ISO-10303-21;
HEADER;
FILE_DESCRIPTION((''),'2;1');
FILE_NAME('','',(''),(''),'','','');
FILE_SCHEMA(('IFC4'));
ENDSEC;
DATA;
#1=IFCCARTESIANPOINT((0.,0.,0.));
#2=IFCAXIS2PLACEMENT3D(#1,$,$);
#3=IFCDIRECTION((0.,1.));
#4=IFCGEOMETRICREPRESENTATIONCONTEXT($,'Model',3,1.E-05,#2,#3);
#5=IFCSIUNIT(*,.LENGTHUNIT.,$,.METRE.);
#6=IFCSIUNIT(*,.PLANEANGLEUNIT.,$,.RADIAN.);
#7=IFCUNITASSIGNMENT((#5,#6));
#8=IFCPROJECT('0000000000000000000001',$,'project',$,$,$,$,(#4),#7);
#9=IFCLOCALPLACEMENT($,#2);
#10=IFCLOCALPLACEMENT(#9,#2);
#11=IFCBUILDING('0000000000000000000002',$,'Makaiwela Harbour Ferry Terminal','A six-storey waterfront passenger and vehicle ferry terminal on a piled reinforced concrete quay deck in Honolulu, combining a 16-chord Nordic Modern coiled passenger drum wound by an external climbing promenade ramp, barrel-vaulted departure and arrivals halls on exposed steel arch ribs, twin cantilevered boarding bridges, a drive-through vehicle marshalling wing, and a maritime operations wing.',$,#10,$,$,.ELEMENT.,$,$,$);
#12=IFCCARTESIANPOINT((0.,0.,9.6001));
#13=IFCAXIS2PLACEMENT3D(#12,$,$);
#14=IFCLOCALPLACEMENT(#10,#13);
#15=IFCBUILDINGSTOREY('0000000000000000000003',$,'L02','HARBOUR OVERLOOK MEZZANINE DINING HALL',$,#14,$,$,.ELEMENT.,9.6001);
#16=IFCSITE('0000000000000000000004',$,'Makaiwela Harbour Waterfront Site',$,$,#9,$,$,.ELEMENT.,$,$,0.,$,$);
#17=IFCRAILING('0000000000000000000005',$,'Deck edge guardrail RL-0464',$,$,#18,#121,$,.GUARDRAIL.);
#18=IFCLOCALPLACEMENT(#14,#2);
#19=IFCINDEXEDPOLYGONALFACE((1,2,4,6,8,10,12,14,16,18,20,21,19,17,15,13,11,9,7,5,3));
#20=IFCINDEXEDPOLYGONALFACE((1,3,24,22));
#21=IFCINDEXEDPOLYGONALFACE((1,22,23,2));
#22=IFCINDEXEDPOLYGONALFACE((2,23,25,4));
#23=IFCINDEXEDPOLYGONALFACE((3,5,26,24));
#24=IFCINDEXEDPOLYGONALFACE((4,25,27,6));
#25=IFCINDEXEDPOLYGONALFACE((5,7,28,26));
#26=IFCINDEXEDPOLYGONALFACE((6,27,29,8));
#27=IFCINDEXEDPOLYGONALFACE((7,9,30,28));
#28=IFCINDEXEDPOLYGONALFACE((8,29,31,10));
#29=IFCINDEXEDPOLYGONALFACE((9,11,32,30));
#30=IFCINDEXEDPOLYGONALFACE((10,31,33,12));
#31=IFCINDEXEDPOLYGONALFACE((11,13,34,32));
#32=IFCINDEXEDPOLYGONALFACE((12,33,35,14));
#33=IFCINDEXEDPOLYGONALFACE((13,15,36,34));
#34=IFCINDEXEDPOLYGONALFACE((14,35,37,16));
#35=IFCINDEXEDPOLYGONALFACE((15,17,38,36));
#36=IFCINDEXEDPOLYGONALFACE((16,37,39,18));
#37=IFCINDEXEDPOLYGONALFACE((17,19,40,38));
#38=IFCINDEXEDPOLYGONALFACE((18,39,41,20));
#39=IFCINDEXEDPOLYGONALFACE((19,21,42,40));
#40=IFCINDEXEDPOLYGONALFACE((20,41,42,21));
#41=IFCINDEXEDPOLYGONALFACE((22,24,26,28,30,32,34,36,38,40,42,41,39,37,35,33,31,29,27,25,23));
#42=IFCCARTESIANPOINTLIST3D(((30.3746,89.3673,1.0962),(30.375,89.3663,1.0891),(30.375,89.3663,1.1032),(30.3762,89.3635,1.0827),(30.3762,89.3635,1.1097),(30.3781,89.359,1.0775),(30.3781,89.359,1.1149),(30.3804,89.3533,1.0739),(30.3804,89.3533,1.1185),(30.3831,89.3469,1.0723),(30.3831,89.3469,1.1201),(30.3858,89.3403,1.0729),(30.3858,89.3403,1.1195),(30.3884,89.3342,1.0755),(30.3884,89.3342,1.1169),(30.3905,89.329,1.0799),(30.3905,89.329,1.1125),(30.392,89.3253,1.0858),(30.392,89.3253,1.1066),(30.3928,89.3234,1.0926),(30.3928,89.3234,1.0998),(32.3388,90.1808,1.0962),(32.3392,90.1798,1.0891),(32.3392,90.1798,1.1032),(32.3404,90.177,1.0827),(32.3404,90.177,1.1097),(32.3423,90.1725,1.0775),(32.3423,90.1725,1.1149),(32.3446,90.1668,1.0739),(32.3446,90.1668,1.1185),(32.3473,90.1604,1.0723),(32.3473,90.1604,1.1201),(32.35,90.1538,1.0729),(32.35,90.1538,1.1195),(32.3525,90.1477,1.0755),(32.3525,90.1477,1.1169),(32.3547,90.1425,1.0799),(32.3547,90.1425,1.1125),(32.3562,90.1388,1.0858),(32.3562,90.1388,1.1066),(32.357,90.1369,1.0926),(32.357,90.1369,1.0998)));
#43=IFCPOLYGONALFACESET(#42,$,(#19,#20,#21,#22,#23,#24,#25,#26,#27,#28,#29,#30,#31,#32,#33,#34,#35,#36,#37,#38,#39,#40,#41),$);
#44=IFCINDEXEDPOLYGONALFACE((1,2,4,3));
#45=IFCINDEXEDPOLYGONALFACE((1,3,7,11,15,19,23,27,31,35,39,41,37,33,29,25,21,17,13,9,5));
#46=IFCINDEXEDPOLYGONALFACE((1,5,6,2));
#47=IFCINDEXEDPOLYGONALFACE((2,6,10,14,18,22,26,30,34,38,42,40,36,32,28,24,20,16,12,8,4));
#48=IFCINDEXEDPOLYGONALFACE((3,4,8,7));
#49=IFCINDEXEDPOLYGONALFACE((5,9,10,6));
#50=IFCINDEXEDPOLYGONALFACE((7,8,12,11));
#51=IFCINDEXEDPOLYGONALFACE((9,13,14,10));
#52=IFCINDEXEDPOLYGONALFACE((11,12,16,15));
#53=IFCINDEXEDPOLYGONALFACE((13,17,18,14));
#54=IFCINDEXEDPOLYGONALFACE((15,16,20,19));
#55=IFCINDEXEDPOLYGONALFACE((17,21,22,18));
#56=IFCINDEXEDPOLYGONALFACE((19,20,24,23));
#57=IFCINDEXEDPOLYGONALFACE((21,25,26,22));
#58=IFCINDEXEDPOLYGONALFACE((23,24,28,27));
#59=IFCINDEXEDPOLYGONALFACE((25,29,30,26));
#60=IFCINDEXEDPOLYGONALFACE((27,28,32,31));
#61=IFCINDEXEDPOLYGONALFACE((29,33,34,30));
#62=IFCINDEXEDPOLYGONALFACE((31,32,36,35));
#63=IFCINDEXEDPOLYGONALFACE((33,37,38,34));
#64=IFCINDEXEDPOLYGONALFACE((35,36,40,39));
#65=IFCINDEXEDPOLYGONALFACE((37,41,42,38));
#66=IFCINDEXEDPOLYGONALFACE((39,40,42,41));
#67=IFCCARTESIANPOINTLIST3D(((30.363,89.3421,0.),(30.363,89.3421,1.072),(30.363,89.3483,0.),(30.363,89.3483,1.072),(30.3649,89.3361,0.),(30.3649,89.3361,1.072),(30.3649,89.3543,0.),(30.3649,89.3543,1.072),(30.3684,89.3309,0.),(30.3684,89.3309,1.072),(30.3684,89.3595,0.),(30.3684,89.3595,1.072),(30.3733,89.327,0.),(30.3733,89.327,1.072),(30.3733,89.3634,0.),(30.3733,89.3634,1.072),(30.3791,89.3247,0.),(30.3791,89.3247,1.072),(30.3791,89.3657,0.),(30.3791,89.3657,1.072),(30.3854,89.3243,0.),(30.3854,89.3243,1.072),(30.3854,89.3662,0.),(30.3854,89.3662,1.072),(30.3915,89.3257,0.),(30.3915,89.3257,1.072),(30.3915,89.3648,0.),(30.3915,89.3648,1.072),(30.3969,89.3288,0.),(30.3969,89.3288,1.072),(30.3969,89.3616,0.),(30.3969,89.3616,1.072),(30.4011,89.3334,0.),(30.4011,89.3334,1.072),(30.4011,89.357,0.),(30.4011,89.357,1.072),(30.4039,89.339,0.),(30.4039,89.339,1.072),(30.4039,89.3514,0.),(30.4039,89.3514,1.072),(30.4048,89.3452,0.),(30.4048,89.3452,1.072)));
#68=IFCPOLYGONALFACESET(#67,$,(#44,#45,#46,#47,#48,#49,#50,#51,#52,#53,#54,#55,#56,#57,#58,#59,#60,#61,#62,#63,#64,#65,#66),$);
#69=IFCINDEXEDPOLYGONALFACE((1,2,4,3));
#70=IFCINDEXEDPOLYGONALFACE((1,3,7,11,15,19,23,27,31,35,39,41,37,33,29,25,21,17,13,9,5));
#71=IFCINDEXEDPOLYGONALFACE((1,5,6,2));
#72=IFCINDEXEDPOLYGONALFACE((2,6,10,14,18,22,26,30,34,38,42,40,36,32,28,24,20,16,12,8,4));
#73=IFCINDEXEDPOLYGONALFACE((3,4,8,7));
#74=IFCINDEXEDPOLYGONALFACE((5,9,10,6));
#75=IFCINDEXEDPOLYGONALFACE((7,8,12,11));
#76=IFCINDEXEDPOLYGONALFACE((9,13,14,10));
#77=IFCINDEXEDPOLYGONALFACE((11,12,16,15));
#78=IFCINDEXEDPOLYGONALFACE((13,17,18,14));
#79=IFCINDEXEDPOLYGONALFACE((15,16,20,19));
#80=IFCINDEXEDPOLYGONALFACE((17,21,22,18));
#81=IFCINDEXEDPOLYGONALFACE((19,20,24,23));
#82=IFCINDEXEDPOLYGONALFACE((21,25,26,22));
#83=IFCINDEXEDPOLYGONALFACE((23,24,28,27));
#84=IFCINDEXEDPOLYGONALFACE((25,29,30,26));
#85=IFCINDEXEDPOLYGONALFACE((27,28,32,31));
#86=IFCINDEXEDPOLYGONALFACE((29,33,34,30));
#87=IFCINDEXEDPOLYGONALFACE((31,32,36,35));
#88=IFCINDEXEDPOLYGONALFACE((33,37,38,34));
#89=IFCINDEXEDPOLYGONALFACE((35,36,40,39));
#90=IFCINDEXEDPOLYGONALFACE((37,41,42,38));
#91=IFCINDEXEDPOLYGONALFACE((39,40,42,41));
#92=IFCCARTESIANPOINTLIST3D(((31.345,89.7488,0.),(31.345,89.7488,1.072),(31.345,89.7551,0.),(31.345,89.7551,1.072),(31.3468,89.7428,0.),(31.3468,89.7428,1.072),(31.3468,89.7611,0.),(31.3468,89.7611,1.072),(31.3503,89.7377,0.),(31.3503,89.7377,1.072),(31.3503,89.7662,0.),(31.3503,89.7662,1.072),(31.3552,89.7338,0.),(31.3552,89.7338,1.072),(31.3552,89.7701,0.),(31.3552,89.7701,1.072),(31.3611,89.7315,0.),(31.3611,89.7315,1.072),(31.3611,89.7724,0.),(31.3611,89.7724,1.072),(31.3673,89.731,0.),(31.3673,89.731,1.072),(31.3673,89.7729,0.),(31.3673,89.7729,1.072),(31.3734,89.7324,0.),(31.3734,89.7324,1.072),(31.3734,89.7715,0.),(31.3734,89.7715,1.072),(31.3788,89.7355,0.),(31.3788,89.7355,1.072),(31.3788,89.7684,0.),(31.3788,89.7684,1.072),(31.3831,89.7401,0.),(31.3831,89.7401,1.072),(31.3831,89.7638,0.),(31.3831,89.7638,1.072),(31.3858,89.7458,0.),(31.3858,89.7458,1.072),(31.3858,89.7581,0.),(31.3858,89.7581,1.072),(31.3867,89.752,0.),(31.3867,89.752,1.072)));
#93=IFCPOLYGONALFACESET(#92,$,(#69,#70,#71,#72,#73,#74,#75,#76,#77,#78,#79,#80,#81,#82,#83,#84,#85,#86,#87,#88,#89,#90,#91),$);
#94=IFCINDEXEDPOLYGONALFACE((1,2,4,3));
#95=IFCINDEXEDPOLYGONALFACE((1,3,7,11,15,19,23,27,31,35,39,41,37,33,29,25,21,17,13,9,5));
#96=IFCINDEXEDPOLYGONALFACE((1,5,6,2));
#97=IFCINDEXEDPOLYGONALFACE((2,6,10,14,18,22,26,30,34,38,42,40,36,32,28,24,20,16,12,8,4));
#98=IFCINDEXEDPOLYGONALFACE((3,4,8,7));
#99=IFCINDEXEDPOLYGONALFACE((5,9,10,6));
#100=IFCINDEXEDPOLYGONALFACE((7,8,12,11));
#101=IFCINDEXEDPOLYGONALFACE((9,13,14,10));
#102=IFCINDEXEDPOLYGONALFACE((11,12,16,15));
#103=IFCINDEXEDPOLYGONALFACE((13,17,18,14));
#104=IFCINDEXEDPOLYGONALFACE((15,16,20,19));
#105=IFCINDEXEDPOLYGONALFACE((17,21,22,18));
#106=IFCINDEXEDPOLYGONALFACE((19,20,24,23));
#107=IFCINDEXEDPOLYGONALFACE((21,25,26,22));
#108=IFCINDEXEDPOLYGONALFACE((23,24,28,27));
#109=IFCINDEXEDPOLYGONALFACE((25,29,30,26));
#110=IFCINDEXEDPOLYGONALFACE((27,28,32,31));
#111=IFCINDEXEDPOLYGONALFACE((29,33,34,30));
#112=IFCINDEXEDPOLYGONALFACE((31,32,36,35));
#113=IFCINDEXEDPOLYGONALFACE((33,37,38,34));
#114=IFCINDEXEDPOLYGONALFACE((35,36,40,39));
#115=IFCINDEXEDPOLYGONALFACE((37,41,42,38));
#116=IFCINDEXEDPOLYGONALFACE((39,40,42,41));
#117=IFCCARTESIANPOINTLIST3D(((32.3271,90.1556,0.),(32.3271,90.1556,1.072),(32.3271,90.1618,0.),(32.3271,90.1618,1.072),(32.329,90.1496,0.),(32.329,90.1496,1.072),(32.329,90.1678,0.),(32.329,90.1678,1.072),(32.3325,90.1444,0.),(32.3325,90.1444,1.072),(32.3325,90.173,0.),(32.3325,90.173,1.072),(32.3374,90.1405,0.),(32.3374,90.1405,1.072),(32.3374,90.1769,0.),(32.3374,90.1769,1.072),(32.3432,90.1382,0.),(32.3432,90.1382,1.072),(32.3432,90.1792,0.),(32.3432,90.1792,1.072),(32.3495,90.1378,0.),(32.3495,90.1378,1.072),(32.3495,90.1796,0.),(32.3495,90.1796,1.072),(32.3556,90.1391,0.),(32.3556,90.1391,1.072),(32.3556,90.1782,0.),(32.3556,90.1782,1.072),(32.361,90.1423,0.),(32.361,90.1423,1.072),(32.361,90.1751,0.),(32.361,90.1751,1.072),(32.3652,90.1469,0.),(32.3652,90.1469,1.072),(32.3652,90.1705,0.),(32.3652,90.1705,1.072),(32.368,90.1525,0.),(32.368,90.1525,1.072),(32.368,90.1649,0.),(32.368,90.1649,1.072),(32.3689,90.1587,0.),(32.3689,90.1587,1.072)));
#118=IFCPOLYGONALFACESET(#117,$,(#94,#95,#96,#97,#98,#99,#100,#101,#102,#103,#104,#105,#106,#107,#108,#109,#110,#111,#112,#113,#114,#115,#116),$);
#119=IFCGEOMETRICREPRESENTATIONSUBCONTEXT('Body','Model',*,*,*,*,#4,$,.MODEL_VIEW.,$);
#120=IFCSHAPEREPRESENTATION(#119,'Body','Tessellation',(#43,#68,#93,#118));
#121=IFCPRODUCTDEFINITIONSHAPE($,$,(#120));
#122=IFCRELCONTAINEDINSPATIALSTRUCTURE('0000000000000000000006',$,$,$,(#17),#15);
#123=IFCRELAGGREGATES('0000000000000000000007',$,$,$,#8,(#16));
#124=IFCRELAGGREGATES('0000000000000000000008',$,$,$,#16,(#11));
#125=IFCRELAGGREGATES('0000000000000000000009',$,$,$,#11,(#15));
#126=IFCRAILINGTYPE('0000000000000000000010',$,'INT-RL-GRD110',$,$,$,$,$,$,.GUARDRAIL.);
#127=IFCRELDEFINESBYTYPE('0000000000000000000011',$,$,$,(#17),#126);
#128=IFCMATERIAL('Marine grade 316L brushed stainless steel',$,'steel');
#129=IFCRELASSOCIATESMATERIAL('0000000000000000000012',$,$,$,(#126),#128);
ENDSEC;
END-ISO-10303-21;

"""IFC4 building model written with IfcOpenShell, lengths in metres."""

from ifc_helpers import new_model, si_unit, direction, frame, origin, origin_2d, place, context, subcontext, project, spatial, circle, extrude, material, type_object, element, save


model = new_model("IFC4")

# Units and contexts
model_context = context("Model", 3, precision=1e-05, world=origin(), true_north=direction((0.0, 1.0)))
body_context = subcontext(model_context, "Body", "Model", "MODEL_VIEW")
ifc_project = project(units=[si_unit("LENGTHUNIT", "METRE"), si_unit("PLANEANGLEUNIT", "RADIAN")], contexts=[model_context])

# Site, building, storey
site_placement = place(None, origin())
site = spatial("IfcSite", under=ifc_project, at=site_placement, Name="Makaiwela Harbour Waterfront Site", CompositionType="ELEMENT", RefElevation=0.0)
building_placement = place(site_placement, origin())
building = spatial("IfcBuilding", under=site, at=building_placement, Name="Makaiwela Harbour Ferry Terminal", Description="A six-storey waterfront passenger and vehicle ferry terminal on a piled reinforced concrete quay deck in Honolulu, combining a 16-chord Nordic Modern coiled passenger drum wound by an external climbing promenade ramp, barrel-vaulted departure and arrivals halls on exposed steel arch ribs, twin cantilevered boarding bridges, a drive-through vehicle marshalling wing, and a maritime operations wing.", CompositionType="ELEMENT")
storey_placement = place(building_placement, frame((0.0, 0.0, 9.6001)))
storey = spatial("IfcBuildingStorey", under=building, at=storey_placement, Name="L02", Description="HARBOUR OVERLOOK MEZZANINE DINING HALL", CompositionType="ELEMENT", Elevation=9.6001)

# Railing
ifc_material_1 = material(Name="Marine grade 316L brushed stainless steel", Category="steel")
railing_type = type_object("IfcRailingType", Name="INT-RL-GRD110", PredefinedType="GUARDRAIL", material=ifc_material_1)
railing_1_placement = place(storey_placement, frame((30.3838, 89.3452, 0.0)))
element("IfcRailing", 1, at=railing_1_placement, inside=storey, type_object=railing_type, Name="Deck edge guardrail RL-0464", PredefinedType="GUARDRAIL", context=body_context, shape_type="SweptSolid", body=[
    extrude(circle(Radius=0.0239, at=origin_2d()), frame((0.0, 0.0, 1.0962), z_axis=(0.923894, 0.382649, 0.0), x_axis=(-0.382649, 0.923894, 0.0)), (0.0, 0.0, 1.0), 2.126),
    extrude(circle(Radius=0.021, at=origin_2d()), origin(), (0.0, 0.0, 1.0), 1.072),
    extrude(circle(Radius=0.021, at=origin_2d()), frame((0.9819, 0.4067, 0.0)), (0.0, 0.0, 1.0), 1.072),
    extrude(circle(Radius=0.021, at=origin_2d()), frame((1.9641, 0.8135, 0.0)), (0.0, 0.0, 1.0), 1.072),
])

save(model, "model.ifc")
